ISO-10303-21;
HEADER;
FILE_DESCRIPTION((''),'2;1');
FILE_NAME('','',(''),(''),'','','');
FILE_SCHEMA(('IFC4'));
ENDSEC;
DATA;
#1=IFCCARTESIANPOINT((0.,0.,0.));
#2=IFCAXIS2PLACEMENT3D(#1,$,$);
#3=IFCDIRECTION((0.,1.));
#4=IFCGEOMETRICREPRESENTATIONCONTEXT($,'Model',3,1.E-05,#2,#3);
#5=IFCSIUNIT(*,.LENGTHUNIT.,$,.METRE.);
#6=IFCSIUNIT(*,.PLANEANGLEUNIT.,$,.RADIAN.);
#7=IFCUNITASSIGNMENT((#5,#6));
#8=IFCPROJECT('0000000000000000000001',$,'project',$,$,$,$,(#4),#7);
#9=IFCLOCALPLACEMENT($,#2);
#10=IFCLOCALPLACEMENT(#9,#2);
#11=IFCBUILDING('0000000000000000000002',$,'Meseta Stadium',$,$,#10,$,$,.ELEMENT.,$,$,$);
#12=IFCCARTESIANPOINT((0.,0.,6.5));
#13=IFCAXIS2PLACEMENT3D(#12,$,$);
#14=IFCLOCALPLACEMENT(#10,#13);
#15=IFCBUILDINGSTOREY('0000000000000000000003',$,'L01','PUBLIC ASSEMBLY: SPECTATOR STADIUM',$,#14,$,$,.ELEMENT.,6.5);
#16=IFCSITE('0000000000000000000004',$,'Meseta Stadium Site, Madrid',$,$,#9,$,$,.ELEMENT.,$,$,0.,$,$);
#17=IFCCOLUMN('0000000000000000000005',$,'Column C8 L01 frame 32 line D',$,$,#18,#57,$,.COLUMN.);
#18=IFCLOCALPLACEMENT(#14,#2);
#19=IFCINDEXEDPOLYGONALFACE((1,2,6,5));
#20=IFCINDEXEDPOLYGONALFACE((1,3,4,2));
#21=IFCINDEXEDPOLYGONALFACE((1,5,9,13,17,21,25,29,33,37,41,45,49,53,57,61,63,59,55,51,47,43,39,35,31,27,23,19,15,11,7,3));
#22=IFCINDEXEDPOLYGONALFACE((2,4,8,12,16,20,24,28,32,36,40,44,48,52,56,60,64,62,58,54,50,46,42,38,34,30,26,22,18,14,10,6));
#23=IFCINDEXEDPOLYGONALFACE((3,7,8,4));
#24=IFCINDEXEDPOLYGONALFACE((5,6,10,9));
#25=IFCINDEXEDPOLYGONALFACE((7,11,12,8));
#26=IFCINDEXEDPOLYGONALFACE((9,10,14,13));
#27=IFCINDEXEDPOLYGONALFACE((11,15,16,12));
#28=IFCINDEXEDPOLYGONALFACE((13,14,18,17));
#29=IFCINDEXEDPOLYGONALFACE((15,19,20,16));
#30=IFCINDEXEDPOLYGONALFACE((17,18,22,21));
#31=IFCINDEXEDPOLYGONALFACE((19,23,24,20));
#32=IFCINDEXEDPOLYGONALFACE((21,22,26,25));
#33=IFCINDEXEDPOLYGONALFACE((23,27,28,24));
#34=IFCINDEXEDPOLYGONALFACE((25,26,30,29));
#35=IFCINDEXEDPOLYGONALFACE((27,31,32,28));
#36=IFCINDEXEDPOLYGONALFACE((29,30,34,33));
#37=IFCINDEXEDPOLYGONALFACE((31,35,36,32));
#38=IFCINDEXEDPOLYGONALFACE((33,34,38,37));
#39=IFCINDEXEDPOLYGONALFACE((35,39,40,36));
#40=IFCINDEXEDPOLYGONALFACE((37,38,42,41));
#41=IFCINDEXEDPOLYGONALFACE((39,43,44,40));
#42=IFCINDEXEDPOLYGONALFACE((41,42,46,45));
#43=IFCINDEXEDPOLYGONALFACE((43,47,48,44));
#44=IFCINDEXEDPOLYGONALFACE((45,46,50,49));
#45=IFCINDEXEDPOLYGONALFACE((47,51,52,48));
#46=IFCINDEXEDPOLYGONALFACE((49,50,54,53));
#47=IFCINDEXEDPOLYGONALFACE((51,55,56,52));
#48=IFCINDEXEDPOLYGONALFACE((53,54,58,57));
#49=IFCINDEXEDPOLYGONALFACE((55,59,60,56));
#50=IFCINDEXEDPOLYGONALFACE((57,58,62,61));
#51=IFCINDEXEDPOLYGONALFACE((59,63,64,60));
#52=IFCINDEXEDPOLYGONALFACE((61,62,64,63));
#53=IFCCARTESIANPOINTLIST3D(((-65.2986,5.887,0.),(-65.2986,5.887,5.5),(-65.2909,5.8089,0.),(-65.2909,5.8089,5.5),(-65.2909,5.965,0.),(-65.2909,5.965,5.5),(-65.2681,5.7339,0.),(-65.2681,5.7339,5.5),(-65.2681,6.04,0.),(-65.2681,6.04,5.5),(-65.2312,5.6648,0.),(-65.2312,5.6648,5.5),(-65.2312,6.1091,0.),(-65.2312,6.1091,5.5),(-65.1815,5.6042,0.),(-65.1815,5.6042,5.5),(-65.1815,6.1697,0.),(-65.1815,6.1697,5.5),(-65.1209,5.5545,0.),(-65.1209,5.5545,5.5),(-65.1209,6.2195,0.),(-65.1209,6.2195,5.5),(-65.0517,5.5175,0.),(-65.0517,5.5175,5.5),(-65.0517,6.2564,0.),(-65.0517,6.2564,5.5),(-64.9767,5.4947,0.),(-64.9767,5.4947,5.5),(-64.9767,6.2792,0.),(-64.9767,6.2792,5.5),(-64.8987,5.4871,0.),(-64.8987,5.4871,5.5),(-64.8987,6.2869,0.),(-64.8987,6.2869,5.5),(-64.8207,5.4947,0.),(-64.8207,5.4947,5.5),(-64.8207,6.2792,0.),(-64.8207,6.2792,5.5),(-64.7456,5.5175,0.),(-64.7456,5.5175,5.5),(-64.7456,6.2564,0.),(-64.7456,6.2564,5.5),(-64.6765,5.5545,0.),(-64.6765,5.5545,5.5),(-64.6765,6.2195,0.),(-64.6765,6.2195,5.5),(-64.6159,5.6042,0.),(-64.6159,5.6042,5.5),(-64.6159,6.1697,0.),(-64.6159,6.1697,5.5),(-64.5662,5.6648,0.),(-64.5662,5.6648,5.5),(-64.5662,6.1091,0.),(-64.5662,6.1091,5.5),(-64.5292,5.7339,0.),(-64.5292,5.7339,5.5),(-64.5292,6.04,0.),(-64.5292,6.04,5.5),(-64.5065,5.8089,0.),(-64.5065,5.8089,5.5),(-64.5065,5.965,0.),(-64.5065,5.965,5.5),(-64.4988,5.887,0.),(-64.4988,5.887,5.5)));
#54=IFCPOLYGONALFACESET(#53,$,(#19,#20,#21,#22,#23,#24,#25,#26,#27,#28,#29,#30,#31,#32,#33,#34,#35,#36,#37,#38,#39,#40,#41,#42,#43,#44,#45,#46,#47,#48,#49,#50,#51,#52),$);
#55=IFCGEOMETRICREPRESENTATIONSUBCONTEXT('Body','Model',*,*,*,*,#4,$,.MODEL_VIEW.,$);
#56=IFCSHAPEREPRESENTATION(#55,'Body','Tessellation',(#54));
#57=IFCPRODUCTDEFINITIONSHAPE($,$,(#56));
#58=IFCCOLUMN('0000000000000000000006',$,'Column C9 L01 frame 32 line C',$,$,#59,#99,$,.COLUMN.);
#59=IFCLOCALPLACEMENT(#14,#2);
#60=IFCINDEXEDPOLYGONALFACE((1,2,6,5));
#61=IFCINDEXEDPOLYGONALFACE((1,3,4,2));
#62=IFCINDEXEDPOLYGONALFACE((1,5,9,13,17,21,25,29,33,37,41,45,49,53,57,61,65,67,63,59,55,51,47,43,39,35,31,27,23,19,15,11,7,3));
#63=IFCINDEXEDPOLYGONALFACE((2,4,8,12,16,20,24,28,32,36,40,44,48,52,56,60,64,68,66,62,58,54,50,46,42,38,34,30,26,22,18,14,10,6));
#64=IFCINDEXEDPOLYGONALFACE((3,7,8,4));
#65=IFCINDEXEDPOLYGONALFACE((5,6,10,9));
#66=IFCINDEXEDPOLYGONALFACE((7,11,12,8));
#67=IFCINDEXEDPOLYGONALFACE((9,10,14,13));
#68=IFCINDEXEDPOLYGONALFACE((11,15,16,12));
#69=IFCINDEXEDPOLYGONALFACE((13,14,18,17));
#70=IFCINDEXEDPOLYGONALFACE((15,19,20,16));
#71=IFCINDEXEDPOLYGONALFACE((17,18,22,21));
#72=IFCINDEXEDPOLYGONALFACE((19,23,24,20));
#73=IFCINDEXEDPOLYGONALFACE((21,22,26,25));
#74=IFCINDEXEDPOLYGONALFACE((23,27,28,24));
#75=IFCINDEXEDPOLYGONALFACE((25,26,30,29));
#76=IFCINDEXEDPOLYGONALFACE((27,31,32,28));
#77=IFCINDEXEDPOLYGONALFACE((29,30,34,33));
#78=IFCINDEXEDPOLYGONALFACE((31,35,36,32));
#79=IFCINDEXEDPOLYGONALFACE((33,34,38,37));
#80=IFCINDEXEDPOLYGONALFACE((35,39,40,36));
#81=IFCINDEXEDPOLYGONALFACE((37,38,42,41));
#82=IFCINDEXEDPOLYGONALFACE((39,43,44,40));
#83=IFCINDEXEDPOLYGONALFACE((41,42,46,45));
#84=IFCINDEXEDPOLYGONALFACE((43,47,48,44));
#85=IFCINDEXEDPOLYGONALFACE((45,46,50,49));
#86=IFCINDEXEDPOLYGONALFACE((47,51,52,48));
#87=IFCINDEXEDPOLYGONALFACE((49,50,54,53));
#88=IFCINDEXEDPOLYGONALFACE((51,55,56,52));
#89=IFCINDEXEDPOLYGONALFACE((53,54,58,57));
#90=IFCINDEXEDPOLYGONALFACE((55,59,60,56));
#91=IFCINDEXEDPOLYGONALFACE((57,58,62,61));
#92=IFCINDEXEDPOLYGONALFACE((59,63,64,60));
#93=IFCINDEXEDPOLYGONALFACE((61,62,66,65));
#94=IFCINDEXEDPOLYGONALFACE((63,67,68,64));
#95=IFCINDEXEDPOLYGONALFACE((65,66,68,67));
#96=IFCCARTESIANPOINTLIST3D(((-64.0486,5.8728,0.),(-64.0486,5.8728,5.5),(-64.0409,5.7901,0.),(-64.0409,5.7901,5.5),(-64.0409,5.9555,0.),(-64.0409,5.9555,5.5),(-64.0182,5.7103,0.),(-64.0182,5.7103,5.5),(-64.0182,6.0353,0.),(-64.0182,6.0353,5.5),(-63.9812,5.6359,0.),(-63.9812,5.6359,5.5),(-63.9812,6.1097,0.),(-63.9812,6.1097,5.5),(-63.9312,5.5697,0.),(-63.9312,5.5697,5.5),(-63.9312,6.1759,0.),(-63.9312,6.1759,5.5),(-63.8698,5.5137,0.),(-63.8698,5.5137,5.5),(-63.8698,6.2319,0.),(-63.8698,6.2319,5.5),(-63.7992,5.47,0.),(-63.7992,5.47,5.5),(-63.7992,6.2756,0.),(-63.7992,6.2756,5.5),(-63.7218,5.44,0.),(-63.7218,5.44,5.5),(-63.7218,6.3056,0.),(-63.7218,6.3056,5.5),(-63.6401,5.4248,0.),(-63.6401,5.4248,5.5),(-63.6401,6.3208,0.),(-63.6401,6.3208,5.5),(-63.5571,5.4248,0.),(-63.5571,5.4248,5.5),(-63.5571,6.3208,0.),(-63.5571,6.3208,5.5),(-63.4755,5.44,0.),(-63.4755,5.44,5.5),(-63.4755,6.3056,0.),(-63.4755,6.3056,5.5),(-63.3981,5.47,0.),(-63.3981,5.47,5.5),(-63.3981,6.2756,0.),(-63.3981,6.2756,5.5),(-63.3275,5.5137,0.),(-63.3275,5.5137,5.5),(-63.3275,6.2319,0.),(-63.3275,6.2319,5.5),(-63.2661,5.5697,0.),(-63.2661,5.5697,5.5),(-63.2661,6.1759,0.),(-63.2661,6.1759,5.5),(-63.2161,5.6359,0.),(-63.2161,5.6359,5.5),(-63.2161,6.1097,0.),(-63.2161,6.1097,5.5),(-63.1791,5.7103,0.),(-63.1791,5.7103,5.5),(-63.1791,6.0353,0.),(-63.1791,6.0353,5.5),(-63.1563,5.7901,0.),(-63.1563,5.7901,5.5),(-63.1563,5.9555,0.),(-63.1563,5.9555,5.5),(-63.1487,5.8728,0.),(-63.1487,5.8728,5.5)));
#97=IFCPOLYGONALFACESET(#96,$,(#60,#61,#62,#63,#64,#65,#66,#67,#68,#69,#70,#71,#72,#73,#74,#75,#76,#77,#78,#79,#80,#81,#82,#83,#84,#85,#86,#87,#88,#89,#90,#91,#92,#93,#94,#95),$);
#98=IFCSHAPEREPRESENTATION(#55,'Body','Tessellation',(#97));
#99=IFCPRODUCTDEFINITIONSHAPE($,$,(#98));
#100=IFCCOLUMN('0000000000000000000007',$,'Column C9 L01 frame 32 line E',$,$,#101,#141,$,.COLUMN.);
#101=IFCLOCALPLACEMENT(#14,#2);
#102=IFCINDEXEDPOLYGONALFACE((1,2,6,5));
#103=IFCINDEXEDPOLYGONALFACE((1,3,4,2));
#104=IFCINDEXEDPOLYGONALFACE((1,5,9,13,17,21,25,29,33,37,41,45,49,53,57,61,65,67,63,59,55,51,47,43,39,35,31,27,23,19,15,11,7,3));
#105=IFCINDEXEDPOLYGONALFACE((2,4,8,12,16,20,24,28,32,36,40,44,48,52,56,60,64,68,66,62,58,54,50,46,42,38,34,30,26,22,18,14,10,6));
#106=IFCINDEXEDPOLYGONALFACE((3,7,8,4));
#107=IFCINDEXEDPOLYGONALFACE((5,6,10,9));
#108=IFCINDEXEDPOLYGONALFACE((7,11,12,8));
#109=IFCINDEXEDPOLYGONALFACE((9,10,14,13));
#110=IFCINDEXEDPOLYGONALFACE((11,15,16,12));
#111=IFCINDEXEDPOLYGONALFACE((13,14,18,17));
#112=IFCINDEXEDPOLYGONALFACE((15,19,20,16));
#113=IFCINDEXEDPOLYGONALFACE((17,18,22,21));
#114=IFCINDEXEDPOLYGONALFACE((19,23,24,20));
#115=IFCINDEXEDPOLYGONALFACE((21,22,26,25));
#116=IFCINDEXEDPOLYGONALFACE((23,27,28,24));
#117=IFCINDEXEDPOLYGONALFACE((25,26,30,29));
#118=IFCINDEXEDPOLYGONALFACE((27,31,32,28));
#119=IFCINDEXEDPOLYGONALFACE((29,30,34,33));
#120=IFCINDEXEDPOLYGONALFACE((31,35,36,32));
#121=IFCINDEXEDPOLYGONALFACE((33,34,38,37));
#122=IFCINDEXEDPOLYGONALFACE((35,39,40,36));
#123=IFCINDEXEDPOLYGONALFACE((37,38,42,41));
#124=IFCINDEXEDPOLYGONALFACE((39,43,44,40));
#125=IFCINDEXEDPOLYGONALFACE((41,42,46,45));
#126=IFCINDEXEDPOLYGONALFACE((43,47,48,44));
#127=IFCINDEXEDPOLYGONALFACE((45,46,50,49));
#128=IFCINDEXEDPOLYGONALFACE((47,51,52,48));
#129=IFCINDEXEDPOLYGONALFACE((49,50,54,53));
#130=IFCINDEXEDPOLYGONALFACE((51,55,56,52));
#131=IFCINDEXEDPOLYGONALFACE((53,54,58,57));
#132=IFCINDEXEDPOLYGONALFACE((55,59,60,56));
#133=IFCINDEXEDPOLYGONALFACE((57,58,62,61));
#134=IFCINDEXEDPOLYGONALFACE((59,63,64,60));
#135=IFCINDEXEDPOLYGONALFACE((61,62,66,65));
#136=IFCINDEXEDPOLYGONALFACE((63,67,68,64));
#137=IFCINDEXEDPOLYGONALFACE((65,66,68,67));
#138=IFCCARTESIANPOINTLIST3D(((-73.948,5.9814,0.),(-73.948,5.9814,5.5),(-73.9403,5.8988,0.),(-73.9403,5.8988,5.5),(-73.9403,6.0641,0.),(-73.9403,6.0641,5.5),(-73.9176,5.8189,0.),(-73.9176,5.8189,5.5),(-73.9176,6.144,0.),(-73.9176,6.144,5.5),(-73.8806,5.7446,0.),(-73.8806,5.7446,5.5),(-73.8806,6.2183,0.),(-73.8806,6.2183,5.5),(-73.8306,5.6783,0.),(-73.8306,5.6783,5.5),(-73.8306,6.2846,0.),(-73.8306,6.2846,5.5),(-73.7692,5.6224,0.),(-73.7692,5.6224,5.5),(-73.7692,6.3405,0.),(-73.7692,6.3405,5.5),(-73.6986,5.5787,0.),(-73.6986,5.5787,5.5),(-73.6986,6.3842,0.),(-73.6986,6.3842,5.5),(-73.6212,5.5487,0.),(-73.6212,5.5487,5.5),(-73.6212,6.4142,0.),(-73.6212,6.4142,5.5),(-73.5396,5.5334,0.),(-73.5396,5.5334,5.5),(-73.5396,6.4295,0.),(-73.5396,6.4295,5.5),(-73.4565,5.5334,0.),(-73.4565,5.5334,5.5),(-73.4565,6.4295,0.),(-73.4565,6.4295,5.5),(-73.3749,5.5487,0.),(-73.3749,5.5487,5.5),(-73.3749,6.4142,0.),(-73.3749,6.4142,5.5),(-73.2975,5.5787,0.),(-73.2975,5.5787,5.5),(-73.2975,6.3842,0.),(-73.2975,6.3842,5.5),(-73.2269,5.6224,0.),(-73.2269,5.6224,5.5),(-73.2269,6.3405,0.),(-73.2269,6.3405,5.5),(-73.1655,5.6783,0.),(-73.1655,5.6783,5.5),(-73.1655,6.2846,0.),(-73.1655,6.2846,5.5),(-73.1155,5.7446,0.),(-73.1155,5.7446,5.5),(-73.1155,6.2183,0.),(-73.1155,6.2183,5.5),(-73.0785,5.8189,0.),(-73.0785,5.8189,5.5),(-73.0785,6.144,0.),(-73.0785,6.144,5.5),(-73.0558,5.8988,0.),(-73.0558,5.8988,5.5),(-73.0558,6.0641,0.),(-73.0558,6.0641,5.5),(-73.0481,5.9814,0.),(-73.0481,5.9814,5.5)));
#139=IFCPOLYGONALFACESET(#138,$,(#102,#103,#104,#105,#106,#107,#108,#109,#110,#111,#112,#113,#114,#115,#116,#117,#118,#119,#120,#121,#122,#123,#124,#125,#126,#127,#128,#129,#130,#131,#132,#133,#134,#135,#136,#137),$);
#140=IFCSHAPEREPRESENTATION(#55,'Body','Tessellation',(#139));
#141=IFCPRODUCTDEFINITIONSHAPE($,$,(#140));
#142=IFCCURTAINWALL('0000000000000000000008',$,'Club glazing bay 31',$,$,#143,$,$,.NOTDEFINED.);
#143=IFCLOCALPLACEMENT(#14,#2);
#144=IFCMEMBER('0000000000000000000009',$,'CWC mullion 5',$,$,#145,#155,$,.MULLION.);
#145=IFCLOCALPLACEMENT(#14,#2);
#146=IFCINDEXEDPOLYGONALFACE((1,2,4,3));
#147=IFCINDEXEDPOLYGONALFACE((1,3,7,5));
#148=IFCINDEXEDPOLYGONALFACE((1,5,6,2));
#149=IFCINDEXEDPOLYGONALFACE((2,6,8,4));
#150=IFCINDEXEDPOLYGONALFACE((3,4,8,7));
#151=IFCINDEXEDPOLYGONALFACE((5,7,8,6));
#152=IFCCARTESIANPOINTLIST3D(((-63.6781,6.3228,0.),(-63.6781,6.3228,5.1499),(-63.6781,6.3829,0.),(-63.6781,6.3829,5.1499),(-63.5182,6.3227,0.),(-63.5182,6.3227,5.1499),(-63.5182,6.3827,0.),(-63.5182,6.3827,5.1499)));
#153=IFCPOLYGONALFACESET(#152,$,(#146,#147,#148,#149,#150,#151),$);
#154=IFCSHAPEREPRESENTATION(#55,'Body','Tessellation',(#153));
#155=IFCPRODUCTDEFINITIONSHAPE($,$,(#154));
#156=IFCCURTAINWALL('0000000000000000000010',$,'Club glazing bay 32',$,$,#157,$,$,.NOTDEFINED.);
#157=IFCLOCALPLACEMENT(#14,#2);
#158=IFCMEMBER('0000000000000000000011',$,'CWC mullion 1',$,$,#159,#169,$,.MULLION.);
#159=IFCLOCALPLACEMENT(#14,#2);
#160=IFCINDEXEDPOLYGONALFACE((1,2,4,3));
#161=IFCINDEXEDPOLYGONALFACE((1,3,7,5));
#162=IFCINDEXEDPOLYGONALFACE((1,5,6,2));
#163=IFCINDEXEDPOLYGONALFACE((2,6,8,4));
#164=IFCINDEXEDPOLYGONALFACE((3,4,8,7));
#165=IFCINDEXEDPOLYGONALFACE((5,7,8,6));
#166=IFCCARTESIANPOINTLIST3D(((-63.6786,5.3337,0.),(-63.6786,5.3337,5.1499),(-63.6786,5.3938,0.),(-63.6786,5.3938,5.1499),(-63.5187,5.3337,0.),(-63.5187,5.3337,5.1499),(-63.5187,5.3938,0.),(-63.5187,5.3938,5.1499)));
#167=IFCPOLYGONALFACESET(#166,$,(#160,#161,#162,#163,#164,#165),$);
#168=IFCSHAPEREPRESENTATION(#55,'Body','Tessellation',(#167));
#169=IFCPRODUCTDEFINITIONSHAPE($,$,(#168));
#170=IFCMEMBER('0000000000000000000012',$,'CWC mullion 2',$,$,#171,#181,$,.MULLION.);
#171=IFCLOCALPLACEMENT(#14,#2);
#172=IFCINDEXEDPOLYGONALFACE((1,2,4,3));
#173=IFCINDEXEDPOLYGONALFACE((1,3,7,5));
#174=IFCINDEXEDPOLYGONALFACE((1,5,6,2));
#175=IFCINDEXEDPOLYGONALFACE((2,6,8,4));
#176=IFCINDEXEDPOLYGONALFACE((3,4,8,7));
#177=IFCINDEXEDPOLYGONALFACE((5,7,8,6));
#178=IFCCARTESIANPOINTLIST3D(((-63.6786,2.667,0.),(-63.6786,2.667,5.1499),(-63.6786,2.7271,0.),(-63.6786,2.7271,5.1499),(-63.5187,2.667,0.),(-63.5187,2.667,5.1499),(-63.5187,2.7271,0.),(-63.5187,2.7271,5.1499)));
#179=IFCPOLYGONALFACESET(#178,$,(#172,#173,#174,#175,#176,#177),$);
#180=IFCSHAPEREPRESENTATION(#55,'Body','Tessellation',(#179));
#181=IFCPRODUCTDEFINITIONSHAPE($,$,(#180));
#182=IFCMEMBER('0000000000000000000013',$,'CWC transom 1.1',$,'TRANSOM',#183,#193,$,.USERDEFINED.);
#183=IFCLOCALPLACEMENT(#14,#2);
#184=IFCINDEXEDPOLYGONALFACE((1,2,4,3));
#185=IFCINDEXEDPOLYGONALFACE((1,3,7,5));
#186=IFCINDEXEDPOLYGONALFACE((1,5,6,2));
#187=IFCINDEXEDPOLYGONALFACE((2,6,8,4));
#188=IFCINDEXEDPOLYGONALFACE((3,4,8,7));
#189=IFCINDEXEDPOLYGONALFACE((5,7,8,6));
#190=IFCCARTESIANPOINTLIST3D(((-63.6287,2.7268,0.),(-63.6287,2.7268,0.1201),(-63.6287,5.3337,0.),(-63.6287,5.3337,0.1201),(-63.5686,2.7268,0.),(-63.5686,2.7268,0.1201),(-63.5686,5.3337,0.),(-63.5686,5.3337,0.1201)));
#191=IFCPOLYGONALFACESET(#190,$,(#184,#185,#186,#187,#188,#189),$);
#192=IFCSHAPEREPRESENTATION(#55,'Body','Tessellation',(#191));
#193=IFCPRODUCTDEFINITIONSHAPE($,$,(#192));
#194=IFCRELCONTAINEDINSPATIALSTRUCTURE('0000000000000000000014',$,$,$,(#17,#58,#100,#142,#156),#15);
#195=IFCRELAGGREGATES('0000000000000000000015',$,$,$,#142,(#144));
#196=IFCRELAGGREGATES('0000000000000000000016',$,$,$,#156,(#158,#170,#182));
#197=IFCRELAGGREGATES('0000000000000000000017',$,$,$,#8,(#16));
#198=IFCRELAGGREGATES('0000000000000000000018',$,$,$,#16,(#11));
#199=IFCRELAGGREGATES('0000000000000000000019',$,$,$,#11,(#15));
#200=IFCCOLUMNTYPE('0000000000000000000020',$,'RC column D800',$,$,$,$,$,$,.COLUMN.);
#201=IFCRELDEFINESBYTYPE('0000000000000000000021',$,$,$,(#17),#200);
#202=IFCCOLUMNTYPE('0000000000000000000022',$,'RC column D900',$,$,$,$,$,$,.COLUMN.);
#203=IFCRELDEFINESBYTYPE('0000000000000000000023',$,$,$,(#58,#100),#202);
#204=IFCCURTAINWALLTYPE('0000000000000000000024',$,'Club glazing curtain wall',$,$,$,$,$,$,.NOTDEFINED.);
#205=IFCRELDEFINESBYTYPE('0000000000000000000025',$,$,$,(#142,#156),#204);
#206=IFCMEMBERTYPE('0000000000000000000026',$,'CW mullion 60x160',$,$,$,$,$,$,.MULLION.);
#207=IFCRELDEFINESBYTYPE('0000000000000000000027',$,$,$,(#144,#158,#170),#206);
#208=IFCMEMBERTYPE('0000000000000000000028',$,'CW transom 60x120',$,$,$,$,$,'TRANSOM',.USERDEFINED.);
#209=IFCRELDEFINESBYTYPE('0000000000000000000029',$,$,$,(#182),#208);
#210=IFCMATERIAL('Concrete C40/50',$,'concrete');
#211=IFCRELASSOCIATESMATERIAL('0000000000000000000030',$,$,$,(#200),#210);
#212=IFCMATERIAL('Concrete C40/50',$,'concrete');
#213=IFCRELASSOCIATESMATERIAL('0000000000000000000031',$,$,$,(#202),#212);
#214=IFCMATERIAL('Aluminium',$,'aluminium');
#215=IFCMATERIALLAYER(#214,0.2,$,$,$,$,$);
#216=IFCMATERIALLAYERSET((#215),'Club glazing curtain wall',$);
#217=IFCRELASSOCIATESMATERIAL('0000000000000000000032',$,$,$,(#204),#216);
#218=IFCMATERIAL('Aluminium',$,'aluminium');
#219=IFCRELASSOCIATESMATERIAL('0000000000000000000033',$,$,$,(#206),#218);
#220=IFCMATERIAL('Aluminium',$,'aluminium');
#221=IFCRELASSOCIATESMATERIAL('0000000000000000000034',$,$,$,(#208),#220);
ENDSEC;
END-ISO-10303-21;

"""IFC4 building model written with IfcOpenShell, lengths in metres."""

from ifc_helpers import new_model, si_unit, direction, frame, origin, origin_2d, place, context, subcontext, project, spatial, rectangle, circle, extrude, material, layer, layer_set, material_profile, profile_set, type_object, element, aggregate, save


model = new_model("IFC4")

# Units and contexts
model_context = context("Model", 3, precision=1e-05, world=origin(), true_north=direction((0.0, 1.0)))
body_context = subcontext(model_context, "Body", "Model", "MODEL_VIEW")
ifc_project = project(units=[si_unit("LENGTHUNIT", "METRE"), si_unit("PLANEANGLEUNIT", "RADIAN")], contexts=[model_context])

# Site, building, storey
site_placement = place(None, origin())
site = spatial("IfcSite", under=ifc_project, at=site_placement, Name="Meseta Stadium Site, Madrid", CompositionType="ELEMENT", RefElevation=0.0)
building_placement = place(site_placement, origin())
building = spatial("IfcBuilding", under=site, at=building_placement, Name="Meseta Stadium", CompositionType="ELEMENT")
storey_placement = place(building_placement, frame((0.0, 0.0, 6.5)))
storey = spatial("IfcBuildingStorey", under=building, at=storey_placement, Name="L01", Description="PUBLIC ASSEMBLY: SPECTATOR STADIUM", CompositionType="ELEMENT", Elevation=6.5)

# Columns
ifc_material_1 = material(Name="Concrete C40/50", Category="concrete")
ifc_material_profile_1 = material_profile(ifc_material_1, circle(Radius=0.3999, at=origin_2d()), Name="RC D800")
ifc_profile_set_1 = profile_set([ifc_material_profile_1], Name="Concrete C40/50")
column_type_1 = type_object("IfcColumnType", Name="RC column D800", PredefinedType="COLUMN", material=ifc_profile_set_1)
column_placement = place(storey_placement, frame((-64.8987, 5.887, 0.0), z_axis=(0.0, 0.0, 1.0), x_axis=(1.0, 0.0, 0.0)))
element("IfcColumn", 1, at=column_placement, inside=storey, type_object=column_type_1, Name="Column C8 L01 frame 32 line D", PredefinedType="COLUMN", context=body_context, shape_type="SweptSolid", body=[
    extrude(circle(Radius=0.3999, at=origin_2d()), origin(), (0.0, 0.0, 1.0), 5.5),
])
ifc_material_2 = material(Name="Concrete C40/50", Category="concrete")
ifc_material_profile_2 = material_profile(ifc_material_2, circle(Radius=0.45, at=origin_2d()), Name="RC D900")
ifc_profile_set_2 = profile_set([ifc_material_profile_2], Name="Concrete C40/50")
column_type_2 = type_object("IfcColumnType", Name="RC column D900", PredefinedType="COLUMN", material=ifc_profile_set_2)
for number, where, z_axis, x_axis, name in (
    (2, (-63.5986, 5.8728, 0.0), (0.0, 0.0, 1.0), (1.0, 0.0, 0.0), "Column C9 L01 frame 32 line C"),
    (3, (-73.498, 5.9814, 0.0), (0.0, 0.0, 1.0), (1.0, 0.0, 0.0), "Column C9 L01 frame 32 line E"),
):
    element("IfcColumn", number, at=place(storey_placement, frame(where, z_axis=z_axis, x_axis=x_axis)), inside=storey, type_object=column_type_2, Name=name, PredefinedType="COLUMN", context=body_context, shape_type="SweptSolid", body=[
        extrude(circle(Radius=0.45, at=origin_2d()), origin(), (0.0, 0.0, 1.0), 5.5),
    ])

# Curtain wall, member
ifc_material_3 = material(Name="Aluminium", Category="aluminium")
ifc_layer_1 = layer(ifc_material_3, 0.2)
ifc_layer_set_1 = layer_set([ifc_layer_1], Name="Club glazing curtain wall")
curtain_wall_type = type_object("IfcCurtainWallType", Name="Club glazing curtain wall", PredefinedType="NOTDEFINED", material=ifc_layer_set_1)
curtain_wall_1_placement = place(storey_placement, origin())
curtain_wall_1 = element("IfcCurtainWall", 4, at=curtain_wall_1_placement, inside=storey, type_object=curtain_wall_type, Name="Club glazing bay 31", PredefinedType="NOTDEFINED")
ifc_material_4 = material(Name="Aluminium", Category="aluminium")
ifc_material_profile_3 = material_profile(ifc_material_4, rectangle(XDim=0.1599, YDim=0.0601, at=origin_2d()), Name="CW 160x60")
ifc_profile_set_3 = profile_set([ifc_material_profile_3], Name="Aluminium")
member_type_1 = type_object("IfcMemberType", Name="CW mullion 60x160", PredefinedType="MULLION", material=ifc_profile_set_3)
member_1_placement = place(storey_placement, frame((-63.5981, 6.3528, 0.0), z_axis=(0.0, 0.0, 1.0), x_axis=(1.0, -0.000925, 0.0)))
member_1 = element("IfcMember", 5, at=member_1_placement, type_object=member_type_1, Name="CWC mullion 5", PredefinedType="MULLION", context=body_context, shape_type="SweptSolid", body=[
    extrude(rectangle(XDim=0.1599, YDim=0.0601, at=origin_2d()), origin(), (0.0, 0.0, 1.0), 5.1499),
])
aggregate(curtain_wall_1, [member_1])

# Curtain wall, members
curtain_wall_2_placement = place(storey_placement, origin())
curtain_wall_2 = element("IfcCurtainWall", 6, at=curtain_wall_2_placement, inside=storey, type_object=curtain_wall_type, Name="Club glazing bay 32", PredefinedType="NOTDEFINED")
member_2_placement = place(storey_placement, frame((-63.5986, 5.3638, 0.0), z_axis=(0.0, 0.0, 1.0), x_axis=(1.0, 0.0, 0.0)))
member_2 = element("IfcMember", 7, at=member_2_placement, type_object=member_type_1, Name="CWC mullion 1", PredefinedType="MULLION", context=body_context, shape_type="SweptSolid", body=[
    extrude(rectangle(XDim=0.1599, YDim=0.0601, at=origin_2d()), origin(), (0.0, 0.0, 1.0), 5.1499),
])
member_3_placement = place(storey_placement, frame((-63.5986, 2.697, 0.0), z_axis=(0.0, 0.0, 1.0), x_axis=(1.0, 0.0, 0.0)))
member_3 = element("IfcMember", 8, at=member_3_placement, type_object=member_type_1, Name="CWC mullion 2", PredefinedType="MULLION", context=body_context, shape_type="SweptSolid", body=[
    extrude(rectangle(XDim=0.1599, YDim=0.0601, at=origin_2d()), origin(), (0.0, 0.0, 1.0), 5.1499),
])
ifc_material_5 = material(Name="Aluminium", Category="aluminium")
ifc_material_profile_4 = material_profile(ifc_material_5, rectangle(XDim=0.0601, YDim=0.1201, at=origin_2d()), Name="CW 60x120")
ifc_profile_set_4 = profile_set([ifc_material_profile_4], Name="Aluminium")
member_type_2 = type_object("IfcMemberType", Name="CW transom 60x120", ElementType="TRANSOM", PredefinedType="USERDEFINED", material=ifc_profile_set_4)
member_4_placement = place(storey_placement, frame((-63.5986, 5.3337, 0.0601), z_axis=(0.0, -1.0, 0.0), x_axis=(1.0, 0.0, 0.0)))
member_4 = element("IfcMember", 9, at=member_4_placement, type_object=member_type_2, Name="CWC transom 1.1", ObjectType="TRANSOM", PredefinedType="USERDEFINED", context=body_context, shape_type="SweptSolid", body=[
    extrude(rectangle(XDim=0.0601, YDim=0.1201, at=origin_2d()), origin(), (0.0, 0.0, 1.0), 2.6069),
])

aggregate(curtain_wall_2, [member_2, member_3, member_4])

save(model, "model.ifc")
